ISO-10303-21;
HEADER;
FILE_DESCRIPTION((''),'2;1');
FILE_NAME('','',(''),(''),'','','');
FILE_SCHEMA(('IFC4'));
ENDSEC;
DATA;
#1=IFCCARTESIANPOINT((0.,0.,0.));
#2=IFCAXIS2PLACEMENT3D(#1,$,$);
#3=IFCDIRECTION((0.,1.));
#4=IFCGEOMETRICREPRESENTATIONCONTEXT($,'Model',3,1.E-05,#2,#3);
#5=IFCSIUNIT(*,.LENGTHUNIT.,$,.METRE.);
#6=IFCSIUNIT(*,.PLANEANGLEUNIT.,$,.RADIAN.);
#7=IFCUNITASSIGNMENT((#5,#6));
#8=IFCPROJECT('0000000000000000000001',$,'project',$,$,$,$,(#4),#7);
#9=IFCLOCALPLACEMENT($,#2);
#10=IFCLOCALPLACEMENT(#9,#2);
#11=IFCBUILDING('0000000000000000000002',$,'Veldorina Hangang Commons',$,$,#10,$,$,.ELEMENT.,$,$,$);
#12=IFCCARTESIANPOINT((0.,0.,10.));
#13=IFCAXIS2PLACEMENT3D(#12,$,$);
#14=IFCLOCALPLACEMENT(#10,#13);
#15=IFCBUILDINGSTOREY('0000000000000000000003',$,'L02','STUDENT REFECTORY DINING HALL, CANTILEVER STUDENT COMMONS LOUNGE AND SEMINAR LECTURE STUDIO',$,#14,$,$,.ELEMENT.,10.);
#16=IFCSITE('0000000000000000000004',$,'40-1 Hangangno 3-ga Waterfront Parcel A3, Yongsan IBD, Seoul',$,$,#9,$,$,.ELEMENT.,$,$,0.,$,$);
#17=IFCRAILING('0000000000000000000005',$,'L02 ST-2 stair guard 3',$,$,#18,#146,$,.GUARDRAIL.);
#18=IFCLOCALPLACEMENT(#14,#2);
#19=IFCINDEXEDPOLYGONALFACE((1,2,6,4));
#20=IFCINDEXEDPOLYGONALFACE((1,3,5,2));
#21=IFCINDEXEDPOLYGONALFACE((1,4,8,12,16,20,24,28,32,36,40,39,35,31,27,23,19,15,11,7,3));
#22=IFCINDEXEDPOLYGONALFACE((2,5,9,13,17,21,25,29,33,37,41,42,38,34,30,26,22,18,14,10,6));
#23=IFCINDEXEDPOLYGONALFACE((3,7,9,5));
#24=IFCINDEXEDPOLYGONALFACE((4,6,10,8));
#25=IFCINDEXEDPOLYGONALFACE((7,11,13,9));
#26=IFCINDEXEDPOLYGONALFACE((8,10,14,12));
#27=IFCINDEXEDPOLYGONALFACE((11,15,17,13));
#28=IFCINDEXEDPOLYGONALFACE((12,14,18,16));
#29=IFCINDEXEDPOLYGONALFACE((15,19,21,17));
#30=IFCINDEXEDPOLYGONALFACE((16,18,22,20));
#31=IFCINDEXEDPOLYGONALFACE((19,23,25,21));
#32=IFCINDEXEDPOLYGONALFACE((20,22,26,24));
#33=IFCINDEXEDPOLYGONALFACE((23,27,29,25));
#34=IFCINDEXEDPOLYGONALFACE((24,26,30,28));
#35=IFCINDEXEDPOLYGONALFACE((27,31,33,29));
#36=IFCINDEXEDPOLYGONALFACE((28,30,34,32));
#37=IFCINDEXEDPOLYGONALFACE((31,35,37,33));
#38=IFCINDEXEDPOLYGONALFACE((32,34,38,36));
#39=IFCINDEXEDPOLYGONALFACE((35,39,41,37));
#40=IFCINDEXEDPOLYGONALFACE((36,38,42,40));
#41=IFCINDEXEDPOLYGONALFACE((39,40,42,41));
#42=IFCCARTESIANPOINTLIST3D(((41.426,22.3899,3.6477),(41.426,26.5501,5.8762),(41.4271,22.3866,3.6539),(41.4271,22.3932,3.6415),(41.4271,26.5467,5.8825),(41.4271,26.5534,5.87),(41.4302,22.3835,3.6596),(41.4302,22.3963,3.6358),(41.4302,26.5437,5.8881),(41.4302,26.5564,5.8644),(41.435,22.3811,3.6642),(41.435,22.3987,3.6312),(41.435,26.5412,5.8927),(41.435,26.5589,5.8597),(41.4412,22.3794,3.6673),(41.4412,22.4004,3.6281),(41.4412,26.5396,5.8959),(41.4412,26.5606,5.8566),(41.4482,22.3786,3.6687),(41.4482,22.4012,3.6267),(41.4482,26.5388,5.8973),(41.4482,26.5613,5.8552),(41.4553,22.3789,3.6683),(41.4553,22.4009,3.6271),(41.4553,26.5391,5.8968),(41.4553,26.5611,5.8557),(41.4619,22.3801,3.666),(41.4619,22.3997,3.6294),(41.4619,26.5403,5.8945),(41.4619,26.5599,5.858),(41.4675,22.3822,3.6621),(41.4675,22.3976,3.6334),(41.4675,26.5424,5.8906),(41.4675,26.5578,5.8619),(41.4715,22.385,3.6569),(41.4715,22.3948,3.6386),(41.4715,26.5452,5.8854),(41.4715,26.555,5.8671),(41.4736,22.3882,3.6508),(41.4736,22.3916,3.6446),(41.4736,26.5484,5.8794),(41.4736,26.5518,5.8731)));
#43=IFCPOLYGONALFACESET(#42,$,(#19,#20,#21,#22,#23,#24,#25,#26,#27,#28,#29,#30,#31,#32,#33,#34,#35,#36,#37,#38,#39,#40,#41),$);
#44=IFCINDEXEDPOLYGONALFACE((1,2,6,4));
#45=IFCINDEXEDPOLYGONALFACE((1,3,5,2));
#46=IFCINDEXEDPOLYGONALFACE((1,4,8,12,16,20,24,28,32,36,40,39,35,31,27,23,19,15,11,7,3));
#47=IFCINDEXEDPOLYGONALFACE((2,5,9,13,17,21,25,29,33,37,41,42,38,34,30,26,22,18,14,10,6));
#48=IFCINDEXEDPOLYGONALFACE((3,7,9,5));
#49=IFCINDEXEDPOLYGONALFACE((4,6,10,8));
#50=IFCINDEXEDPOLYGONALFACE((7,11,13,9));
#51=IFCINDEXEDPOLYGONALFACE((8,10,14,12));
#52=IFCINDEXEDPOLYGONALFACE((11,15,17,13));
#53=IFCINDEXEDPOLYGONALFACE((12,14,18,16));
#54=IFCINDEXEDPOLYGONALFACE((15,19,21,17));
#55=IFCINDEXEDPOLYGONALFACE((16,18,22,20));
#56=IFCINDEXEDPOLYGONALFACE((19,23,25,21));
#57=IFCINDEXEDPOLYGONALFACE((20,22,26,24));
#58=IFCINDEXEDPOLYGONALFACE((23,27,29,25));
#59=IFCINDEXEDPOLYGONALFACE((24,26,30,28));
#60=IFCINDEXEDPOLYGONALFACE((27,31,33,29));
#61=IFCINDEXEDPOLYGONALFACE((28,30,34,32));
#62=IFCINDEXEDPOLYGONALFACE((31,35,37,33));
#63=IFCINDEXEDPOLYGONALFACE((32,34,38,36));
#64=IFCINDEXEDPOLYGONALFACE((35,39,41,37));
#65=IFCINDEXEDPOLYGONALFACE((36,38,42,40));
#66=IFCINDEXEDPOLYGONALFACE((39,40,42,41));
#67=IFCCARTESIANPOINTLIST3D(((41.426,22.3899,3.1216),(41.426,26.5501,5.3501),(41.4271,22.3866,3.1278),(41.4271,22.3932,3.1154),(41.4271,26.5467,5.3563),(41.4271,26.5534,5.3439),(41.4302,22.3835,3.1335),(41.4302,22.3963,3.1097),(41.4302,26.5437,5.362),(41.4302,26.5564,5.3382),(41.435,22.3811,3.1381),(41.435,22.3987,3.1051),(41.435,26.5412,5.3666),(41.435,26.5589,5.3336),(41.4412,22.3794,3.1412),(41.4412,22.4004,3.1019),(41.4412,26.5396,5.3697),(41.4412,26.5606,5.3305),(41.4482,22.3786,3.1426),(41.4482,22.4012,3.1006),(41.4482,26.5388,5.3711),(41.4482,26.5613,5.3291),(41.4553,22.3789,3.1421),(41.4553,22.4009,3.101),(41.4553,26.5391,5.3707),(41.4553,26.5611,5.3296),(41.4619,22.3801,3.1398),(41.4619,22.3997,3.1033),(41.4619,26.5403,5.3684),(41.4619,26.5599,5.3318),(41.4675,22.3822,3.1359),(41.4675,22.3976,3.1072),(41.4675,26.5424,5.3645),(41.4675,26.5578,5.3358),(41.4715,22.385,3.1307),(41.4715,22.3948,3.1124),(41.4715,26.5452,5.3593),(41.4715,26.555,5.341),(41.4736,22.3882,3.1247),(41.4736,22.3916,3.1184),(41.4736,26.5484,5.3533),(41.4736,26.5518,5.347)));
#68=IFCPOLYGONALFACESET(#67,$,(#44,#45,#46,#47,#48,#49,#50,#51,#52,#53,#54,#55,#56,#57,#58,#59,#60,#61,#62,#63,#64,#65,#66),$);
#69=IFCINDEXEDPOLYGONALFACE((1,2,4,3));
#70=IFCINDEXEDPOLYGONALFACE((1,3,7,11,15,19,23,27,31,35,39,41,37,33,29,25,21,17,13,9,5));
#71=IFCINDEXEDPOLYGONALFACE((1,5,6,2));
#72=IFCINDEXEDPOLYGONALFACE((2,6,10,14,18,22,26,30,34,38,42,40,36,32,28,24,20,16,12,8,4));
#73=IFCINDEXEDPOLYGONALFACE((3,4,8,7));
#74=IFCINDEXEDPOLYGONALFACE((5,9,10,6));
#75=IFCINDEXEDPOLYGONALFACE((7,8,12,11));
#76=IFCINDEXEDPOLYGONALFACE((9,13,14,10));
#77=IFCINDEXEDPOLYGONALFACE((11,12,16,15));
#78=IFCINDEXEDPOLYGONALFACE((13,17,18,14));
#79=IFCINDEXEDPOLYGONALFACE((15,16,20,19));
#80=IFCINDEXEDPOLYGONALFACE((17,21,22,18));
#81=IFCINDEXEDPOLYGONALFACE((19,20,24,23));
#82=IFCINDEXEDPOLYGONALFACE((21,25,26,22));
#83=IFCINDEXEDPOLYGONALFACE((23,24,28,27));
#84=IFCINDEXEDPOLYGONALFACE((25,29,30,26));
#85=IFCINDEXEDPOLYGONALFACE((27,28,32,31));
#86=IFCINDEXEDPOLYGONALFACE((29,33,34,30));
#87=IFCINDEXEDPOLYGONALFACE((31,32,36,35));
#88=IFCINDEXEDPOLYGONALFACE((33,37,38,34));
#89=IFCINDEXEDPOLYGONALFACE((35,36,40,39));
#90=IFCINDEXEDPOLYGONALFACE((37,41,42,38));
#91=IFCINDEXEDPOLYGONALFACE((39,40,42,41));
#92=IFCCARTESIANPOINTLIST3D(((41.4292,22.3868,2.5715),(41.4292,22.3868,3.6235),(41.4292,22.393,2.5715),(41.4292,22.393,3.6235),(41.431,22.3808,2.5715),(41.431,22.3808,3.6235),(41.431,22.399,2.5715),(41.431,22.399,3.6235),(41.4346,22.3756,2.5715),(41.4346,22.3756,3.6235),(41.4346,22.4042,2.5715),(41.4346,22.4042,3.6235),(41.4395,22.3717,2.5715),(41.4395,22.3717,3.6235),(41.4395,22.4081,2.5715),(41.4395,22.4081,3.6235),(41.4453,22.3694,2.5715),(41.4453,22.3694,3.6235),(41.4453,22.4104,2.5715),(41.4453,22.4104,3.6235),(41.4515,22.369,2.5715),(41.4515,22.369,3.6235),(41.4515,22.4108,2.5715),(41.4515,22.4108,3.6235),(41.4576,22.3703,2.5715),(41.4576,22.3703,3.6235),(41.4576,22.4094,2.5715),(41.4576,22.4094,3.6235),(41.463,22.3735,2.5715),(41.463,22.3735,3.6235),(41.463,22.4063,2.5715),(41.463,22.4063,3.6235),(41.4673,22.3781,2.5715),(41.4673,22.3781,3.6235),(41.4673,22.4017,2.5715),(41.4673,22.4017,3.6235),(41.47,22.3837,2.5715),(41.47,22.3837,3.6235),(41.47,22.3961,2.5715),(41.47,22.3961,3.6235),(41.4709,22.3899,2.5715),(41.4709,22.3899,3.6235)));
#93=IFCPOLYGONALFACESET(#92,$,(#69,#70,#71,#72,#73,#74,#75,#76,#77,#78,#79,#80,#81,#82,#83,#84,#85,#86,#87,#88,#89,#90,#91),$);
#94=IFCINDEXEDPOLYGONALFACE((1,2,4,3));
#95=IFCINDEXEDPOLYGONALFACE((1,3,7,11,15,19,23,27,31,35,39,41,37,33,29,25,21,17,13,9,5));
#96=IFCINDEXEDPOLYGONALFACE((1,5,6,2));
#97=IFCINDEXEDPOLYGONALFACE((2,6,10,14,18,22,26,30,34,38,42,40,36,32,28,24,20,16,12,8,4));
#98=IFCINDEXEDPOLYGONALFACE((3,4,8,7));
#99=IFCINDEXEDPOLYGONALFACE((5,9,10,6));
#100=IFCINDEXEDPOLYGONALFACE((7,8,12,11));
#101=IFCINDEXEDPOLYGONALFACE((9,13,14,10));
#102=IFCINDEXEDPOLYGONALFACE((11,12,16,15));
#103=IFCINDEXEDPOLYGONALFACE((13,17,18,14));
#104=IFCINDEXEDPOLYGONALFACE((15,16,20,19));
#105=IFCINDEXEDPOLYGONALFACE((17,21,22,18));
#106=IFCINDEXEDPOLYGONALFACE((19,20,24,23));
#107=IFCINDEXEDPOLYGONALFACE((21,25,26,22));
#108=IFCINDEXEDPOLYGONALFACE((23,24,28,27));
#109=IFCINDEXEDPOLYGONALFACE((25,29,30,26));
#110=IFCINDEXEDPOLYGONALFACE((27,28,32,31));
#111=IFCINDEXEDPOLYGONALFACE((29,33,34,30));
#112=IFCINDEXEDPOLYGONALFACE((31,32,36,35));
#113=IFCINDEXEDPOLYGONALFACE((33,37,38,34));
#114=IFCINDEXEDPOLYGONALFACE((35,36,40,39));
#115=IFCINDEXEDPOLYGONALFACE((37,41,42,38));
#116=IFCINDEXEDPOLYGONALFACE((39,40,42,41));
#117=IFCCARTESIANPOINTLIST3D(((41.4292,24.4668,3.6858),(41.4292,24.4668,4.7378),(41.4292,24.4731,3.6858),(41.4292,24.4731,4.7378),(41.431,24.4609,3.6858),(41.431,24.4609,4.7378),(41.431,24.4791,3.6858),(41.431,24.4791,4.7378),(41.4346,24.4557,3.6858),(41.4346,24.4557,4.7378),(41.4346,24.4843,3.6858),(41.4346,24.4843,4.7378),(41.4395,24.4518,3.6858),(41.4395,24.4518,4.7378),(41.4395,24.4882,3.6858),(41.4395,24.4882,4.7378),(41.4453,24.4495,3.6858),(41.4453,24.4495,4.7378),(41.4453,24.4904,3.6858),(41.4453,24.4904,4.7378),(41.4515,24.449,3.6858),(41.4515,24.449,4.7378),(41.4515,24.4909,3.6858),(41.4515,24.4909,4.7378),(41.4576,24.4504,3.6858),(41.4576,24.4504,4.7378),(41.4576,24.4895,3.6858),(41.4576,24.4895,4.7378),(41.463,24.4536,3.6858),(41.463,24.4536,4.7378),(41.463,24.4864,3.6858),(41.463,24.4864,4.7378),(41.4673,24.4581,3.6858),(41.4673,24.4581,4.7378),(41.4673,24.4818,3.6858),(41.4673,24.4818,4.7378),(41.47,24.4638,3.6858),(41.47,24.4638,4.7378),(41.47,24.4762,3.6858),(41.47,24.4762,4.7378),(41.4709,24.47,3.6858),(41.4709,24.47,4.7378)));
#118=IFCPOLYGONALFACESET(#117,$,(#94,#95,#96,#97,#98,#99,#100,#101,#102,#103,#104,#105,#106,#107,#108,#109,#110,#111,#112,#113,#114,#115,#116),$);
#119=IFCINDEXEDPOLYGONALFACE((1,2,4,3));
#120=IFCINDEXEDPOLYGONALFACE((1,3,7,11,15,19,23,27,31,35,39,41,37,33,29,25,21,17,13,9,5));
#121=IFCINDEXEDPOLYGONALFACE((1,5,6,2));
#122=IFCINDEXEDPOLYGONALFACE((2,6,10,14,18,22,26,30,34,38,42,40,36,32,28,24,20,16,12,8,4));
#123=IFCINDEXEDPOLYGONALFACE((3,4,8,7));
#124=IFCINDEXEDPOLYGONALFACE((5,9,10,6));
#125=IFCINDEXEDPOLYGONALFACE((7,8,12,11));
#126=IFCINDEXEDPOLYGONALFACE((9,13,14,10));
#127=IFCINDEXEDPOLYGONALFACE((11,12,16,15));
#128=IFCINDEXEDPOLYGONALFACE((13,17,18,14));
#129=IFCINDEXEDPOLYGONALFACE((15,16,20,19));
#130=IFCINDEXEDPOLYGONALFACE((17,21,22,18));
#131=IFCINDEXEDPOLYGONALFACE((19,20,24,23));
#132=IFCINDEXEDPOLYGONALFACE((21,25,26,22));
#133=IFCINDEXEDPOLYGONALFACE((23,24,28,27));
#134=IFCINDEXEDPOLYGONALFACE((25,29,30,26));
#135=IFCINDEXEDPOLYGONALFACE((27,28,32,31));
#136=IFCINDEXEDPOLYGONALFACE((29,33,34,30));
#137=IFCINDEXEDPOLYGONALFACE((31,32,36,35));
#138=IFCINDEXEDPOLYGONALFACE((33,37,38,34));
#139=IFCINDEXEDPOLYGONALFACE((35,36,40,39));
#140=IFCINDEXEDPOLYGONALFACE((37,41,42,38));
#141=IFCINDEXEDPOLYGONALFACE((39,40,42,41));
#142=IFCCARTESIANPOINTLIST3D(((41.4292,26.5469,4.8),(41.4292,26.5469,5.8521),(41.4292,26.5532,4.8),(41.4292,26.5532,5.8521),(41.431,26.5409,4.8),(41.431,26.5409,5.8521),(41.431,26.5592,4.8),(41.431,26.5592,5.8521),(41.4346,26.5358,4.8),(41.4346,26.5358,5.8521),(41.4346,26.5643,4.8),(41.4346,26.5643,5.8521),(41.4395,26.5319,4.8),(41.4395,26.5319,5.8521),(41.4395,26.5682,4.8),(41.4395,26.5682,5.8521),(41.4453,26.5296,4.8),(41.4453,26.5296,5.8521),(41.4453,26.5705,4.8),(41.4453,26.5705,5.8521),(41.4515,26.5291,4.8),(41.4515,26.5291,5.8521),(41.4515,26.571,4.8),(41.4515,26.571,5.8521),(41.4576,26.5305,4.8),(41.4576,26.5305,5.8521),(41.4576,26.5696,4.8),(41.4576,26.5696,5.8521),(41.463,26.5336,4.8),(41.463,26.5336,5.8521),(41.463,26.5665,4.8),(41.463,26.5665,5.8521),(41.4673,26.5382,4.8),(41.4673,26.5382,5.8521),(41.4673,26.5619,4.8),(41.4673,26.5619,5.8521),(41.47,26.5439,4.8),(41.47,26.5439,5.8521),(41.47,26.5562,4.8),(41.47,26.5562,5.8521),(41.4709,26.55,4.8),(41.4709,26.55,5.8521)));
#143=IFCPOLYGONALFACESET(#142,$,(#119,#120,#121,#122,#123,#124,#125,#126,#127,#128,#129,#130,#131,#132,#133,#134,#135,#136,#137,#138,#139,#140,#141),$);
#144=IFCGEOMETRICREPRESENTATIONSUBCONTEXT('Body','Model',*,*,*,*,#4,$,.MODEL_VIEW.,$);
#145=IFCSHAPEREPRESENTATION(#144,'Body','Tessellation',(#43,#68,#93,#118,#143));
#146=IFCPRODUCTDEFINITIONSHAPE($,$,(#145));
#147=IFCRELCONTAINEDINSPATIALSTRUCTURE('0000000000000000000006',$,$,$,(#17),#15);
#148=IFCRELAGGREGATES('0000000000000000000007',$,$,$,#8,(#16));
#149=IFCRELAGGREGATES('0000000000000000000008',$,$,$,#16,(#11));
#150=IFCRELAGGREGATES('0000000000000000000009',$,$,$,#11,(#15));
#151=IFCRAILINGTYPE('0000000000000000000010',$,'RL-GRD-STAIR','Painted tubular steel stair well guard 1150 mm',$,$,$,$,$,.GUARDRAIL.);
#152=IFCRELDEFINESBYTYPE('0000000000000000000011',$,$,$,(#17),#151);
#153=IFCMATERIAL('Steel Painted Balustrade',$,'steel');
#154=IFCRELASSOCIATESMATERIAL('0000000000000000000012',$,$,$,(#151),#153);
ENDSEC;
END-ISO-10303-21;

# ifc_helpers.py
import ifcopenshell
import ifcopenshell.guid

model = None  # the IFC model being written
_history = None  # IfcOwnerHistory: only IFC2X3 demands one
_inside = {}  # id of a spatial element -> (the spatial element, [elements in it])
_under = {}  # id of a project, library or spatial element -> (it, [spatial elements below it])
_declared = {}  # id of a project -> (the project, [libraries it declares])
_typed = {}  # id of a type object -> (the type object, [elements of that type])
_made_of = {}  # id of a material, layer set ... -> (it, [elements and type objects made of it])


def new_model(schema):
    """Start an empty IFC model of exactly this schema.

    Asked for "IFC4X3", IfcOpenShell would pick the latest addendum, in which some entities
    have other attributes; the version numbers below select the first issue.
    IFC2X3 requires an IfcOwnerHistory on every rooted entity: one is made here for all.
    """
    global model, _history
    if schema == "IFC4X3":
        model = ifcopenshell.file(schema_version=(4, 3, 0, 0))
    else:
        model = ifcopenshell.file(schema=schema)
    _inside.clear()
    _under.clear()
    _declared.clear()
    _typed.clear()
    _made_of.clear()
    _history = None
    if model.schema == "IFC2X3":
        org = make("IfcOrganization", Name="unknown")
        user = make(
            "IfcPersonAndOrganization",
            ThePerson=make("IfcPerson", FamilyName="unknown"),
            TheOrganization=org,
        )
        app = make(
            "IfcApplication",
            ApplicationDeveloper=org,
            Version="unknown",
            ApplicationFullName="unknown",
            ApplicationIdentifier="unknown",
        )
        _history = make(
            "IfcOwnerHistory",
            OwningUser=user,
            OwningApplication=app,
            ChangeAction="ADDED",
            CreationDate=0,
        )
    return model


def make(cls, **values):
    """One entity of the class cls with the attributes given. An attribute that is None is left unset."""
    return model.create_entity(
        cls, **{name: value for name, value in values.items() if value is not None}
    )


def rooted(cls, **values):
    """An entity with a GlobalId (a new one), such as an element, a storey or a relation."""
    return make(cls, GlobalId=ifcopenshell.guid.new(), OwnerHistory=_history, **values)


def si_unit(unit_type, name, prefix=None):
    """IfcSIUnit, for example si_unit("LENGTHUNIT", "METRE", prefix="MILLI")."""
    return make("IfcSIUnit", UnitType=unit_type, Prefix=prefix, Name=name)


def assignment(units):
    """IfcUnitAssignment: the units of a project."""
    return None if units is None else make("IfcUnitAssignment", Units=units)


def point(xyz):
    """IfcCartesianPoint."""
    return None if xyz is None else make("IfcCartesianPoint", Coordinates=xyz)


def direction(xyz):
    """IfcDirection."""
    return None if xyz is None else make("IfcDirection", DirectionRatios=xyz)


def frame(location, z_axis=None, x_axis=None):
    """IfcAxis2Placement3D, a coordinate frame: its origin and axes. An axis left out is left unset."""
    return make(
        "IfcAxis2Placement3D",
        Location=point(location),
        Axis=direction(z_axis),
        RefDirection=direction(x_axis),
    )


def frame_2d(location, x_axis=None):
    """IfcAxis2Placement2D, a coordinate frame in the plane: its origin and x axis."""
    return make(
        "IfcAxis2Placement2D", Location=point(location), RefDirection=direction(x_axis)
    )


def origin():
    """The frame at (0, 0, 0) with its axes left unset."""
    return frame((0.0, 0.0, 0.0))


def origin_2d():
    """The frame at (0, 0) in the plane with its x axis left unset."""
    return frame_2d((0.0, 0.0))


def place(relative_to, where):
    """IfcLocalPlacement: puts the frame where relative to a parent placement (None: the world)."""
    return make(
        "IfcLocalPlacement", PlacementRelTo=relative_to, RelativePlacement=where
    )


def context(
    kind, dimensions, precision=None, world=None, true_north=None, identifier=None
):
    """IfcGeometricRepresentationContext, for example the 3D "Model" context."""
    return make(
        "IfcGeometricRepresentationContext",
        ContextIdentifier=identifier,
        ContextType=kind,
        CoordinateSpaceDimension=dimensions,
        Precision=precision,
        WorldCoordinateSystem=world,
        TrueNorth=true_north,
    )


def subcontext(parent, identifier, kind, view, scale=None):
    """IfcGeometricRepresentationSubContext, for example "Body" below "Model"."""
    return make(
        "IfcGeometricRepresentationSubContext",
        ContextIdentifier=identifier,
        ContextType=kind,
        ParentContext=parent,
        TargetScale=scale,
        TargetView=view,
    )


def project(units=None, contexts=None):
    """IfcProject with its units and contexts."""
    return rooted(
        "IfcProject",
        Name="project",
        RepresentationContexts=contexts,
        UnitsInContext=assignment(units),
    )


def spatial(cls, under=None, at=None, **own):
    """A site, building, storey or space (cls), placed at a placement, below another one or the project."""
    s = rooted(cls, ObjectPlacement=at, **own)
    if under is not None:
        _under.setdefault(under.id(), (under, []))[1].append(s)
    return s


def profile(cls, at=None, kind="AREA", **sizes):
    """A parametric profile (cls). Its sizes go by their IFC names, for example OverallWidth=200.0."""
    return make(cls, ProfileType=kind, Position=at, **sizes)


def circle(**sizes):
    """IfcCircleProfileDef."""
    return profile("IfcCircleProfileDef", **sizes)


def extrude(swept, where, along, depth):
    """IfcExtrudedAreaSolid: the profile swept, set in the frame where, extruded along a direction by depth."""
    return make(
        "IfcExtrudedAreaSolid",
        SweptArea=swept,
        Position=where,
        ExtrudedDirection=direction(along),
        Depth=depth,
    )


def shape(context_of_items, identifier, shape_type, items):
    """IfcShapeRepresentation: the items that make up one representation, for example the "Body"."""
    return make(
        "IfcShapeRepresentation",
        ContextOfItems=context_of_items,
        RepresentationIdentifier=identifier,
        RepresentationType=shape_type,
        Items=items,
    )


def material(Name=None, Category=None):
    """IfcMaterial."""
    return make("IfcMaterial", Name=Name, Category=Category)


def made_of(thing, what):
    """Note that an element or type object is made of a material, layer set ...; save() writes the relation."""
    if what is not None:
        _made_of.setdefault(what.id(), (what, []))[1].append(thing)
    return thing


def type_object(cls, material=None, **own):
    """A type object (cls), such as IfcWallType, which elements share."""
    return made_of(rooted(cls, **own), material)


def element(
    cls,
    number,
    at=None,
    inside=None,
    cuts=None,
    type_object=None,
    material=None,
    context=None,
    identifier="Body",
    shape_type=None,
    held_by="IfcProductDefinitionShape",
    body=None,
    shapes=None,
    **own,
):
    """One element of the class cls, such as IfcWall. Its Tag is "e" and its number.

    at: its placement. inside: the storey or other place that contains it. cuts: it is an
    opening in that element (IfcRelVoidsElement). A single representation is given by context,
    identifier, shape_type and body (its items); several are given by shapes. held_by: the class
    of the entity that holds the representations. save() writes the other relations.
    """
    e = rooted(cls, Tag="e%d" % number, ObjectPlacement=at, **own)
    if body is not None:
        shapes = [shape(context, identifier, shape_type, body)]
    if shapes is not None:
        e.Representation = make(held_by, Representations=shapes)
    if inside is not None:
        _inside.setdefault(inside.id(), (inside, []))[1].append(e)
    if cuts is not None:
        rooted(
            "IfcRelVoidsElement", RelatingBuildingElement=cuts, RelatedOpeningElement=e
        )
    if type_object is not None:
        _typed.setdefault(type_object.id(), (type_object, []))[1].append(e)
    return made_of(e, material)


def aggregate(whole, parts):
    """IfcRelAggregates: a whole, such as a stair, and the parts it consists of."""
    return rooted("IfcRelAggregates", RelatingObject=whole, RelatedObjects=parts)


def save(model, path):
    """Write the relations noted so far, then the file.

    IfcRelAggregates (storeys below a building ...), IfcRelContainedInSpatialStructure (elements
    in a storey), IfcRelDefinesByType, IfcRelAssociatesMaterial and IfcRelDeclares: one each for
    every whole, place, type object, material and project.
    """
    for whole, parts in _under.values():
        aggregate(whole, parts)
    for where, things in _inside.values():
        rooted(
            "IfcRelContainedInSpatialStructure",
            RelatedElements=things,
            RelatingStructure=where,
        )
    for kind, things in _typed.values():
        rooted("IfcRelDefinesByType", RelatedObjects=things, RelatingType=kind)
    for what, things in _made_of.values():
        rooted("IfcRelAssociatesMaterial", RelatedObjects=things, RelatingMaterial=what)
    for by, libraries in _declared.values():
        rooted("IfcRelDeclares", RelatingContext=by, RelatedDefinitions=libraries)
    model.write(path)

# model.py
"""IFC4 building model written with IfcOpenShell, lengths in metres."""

from ifc_helpers import new_model, si_unit, direction, frame, origin, origin_2d, place, context, subcontext, project, spatial, circle, extrude, material, type_object, element, save


model = new_model("IFC4")

# Units and contexts
model_context = context("Model", 3, precision=1e-05, world=origin(), true_north=direction((0.0, 1.0)))
body_context = subcontext(model_context, "Body", "Model", "MODEL_VIEW")
ifc_project = project(units=[si_unit("LENGTHUNIT", "METRE"), si_unit("PLANEANGLEUNIT", "RADIAN")], contexts=[model_context])

# Site, building, storey
site_placement = place(None, origin())
site = spatial("IfcSite", under=ifc_project, at=site_placement, Name="40-1 Hangangno 3-ga Waterfront Parcel A3, Yongsan IBD, Seoul", CompositionType="ELEMENT", RefElevation=0.0)
building_placement = place(site_placement, origin())
building = spatial("IfcBuilding", under=site, at=building_placement, Name="Veldorina Hangang Commons", CompositionType="ELEMENT")
storey_placement = place(building_placement, frame((0.0, 0.0, 10.0)))
storey = spatial("IfcBuildingStorey", under=building, at=storey_placement, Name="L02", Description="STUDENT REFECTORY DINING HALL, CANTILEVER STUDENT COMMONS LOUNGE AND SEMINAR LECTURE STUDIO", CompositionType="ELEMENT", Elevation=10.0)

# Railing
ifc_material_1 = material(Name="Steel Painted Balustrade", Category="steel")
railing_type_1 = type_object("IfcRailingType", Name="RL-GRD-STAIR", Description="Painted tubular steel stair well guard 1150 mm", PredefinedType="GUARDRAIL", material=ifc_material_1)
railing_1_placement = place(storey_placement, frame((41.45, 22.3899, 2.5715)))
element("IfcRailing", 1, at=railing_1_placement, inside=storey, type_object=railing_type_1, Name="L02 ST-2 stair guard 3", PredefinedType="GUARDRAIL", context=body_context, shape_type="SweptSolid", body=[
    extrude(circle(Radius=0.0239, at=origin_2d()), frame((0.0, 0.0, 1.0762), z_axis=(0.0, 0.881492, 0.472198), x_axis=(-1.0, 0.0, 0.0)), (0.0, 0.0, 1.0), 4.7195),
    extrude(circle(Radius=0.0239, at=origin_2d()), frame((0.0, 0.0, 0.55), z_axis=(0.0, 0.881492, 0.472198), x_axis=(-1.0, 0.0, 0.0)), (0.0, 0.0, 1.0), 4.7195),
    extrude(circle(Radius=0.021, at=origin_2d()), origin(), (0.0, 0.0, 1.0), 1.052),
    extrude(circle(Radius=0.021, at=origin_2d()), frame((0.0, 2.0801, 1.1143)), (0.0, 0.0, 1.0), 1.052),
    extrude(circle(Radius=0.021, at=origin_2d()), frame((0.0, 4.1602, 2.2285)), (0.0, 0.0, 1.0), 1.052),
])

save(model, "model.ifc")
